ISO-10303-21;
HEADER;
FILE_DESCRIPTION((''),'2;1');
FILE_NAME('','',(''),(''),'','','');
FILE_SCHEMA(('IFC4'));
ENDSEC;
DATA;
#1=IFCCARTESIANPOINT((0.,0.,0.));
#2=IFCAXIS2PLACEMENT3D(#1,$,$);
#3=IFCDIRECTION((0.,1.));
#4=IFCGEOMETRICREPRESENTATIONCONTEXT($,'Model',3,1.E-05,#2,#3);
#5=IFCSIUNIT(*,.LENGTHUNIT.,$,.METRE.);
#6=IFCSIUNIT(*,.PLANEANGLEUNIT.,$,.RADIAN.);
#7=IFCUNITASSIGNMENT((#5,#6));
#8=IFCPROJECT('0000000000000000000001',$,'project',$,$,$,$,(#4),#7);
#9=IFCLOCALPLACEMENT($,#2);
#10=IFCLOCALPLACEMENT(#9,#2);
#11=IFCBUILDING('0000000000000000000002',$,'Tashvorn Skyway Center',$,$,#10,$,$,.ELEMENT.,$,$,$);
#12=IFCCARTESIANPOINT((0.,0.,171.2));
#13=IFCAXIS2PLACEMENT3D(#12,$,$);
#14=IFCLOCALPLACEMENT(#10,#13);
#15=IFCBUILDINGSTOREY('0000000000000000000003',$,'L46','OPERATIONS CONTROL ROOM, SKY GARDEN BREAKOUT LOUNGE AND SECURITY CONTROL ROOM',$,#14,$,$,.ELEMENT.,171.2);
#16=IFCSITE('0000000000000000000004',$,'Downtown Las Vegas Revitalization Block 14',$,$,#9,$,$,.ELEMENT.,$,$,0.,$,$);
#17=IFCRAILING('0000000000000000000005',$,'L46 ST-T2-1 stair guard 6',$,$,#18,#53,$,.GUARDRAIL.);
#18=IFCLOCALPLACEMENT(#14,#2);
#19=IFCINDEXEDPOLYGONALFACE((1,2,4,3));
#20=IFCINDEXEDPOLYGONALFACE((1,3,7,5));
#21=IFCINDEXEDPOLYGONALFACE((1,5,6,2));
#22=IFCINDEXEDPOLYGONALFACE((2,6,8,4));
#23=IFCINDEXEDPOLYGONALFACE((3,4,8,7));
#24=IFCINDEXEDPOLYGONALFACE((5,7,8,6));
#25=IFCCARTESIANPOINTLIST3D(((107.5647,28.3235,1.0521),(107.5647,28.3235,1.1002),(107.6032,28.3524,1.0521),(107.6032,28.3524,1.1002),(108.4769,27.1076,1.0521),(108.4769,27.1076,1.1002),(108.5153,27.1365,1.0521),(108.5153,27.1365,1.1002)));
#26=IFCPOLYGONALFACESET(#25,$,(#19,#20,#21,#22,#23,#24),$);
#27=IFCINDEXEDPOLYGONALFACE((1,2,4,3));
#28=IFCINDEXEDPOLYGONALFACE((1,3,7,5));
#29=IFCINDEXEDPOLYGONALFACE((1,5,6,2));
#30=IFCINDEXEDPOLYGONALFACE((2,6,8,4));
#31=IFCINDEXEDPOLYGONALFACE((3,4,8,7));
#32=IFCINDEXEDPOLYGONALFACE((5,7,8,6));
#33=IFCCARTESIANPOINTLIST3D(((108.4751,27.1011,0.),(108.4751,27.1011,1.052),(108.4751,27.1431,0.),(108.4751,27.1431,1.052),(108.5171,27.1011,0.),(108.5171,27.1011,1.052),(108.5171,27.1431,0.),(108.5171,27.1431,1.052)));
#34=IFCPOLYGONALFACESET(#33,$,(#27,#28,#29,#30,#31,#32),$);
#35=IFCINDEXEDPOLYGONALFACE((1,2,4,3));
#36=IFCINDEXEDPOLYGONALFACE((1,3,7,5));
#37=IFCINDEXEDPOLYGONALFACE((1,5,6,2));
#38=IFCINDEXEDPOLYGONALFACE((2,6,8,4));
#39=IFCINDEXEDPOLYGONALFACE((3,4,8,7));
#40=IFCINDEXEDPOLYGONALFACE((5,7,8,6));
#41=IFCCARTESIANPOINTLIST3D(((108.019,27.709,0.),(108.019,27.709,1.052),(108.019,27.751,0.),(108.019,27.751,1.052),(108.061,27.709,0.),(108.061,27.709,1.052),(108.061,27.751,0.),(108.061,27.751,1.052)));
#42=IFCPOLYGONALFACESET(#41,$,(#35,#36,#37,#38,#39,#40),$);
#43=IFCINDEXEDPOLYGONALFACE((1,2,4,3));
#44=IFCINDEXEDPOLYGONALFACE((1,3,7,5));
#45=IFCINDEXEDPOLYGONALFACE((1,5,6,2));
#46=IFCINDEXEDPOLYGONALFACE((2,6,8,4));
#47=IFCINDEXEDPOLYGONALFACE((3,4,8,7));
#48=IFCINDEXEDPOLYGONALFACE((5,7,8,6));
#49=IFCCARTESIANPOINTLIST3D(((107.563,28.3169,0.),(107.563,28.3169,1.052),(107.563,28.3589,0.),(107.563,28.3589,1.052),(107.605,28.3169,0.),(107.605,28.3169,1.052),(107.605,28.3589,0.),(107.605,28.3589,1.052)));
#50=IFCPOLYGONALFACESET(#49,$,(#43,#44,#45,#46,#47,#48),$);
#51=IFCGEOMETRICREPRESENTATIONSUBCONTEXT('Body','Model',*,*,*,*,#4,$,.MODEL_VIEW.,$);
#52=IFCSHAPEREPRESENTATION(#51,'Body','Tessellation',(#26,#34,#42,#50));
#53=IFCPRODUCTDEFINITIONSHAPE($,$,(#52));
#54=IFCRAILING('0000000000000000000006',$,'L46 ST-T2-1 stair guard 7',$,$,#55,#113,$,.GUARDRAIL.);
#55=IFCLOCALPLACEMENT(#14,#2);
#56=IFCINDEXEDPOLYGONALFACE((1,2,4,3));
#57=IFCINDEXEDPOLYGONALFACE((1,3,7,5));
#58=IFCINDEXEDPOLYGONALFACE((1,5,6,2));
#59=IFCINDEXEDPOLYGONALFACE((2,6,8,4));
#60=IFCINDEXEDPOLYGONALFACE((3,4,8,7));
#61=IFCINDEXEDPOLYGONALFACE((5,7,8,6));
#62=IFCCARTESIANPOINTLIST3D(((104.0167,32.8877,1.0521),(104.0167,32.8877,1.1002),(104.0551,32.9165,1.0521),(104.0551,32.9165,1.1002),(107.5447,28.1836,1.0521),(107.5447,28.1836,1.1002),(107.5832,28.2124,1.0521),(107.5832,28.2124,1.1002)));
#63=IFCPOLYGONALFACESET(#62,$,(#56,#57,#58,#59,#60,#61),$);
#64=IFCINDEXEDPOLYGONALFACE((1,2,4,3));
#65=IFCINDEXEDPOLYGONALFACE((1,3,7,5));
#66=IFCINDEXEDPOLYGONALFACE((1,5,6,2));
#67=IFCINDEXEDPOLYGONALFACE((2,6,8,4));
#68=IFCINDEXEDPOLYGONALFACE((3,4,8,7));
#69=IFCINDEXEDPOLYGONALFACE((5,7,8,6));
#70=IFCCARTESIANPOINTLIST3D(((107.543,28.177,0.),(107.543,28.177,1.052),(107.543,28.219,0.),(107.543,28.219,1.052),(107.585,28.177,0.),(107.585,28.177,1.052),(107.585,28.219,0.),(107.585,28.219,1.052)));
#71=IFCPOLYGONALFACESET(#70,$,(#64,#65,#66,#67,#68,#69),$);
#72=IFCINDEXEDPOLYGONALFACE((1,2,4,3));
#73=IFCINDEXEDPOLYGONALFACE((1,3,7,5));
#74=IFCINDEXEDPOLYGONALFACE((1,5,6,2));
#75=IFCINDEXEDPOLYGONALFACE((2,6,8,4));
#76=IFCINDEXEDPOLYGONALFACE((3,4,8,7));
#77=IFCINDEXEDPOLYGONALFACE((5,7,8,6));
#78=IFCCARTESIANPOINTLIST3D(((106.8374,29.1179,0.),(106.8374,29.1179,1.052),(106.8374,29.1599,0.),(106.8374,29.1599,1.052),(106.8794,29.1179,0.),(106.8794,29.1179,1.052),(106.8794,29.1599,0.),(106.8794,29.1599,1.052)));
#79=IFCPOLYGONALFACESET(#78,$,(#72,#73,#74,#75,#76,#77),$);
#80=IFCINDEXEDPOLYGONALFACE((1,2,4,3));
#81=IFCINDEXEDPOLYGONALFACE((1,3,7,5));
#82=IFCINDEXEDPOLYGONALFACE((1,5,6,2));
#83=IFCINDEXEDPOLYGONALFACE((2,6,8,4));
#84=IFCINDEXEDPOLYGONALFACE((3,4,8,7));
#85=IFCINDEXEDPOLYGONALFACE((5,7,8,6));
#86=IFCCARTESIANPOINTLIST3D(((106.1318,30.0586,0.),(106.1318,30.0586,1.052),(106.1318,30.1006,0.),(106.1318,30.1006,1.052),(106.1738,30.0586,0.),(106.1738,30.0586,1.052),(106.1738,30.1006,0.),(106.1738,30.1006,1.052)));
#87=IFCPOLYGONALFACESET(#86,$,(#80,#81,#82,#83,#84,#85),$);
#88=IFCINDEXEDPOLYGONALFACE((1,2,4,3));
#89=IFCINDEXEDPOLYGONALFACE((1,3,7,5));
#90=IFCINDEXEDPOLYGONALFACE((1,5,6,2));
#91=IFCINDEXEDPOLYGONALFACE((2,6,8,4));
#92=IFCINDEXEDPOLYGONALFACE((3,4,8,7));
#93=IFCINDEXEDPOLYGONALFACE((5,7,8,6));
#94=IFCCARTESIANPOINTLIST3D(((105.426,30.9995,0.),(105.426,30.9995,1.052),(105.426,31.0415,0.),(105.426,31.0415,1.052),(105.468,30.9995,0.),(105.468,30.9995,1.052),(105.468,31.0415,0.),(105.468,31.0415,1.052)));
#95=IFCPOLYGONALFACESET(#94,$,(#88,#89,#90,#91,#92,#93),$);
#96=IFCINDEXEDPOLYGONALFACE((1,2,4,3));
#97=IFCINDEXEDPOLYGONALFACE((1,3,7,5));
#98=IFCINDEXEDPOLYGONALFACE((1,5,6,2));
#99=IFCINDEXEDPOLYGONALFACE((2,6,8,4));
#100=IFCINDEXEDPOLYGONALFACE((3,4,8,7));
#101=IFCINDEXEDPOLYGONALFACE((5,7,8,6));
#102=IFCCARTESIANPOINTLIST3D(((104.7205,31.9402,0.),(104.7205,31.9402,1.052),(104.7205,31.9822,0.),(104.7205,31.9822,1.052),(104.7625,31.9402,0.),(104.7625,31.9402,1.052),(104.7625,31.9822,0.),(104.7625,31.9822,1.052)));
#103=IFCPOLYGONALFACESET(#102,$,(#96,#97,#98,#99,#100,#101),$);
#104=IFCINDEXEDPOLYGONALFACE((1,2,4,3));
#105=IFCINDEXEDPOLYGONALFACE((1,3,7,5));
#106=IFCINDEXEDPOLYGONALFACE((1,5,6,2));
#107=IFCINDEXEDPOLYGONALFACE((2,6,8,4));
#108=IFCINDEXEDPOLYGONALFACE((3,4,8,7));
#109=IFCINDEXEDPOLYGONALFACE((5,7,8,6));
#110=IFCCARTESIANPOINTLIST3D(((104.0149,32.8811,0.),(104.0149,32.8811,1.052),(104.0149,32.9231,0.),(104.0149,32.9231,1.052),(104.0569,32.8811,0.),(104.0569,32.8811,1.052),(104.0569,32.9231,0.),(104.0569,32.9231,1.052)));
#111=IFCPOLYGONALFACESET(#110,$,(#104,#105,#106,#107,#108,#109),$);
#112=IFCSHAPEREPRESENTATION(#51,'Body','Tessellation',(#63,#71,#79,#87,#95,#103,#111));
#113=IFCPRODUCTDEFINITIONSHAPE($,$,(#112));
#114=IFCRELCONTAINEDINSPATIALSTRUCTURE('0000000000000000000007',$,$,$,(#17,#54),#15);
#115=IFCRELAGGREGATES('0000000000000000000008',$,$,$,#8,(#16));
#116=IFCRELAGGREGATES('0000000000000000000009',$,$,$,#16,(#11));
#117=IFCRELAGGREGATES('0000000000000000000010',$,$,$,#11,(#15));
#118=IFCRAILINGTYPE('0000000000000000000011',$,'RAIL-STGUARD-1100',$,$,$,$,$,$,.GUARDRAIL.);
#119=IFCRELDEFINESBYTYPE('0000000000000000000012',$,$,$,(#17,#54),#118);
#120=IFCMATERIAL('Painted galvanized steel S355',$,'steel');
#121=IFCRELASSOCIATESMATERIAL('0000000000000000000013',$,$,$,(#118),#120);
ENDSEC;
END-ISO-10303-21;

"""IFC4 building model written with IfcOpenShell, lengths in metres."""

from ifc_helpers import new_model, si_unit, direction, frame, origin, origin_2d, place, context, subcontext, project, spatial, rectangle, extrude, material, type_object, element, save


model = new_model("IFC4")

# Units and contexts
model_context = context("Model", 3, precision=1e-05, world=origin(), true_north=direction((0.0, 1.0)))
body_context = subcontext(model_context, "Body", "Model", "MODEL_VIEW")
ifc_project = project(units=[si_unit("LENGTHUNIT", "METRE"), si_unit("PLANEANGLEUNIT", "RADIAN")], contexts=[model_context])

# Site, building, storey
site_placement = place(None, origin())
site = spatial("IfcSite", under=ifc_project, at=site_placement, Name="Downtown Las Vegas Revitalization Block 14", CompositionType="ELEMENT", RefElevation=0.0)
building_placement = place(site_placement, origin())
building = spatial("IfcBuilding", under=site, at=building_placement, Name="Tashvorn Skyway Center", CompositionType="ELEMENT")
storey_placement = place(building_placement, frame((0.0, 0.0, 171.2)))
storey = spatial("IfcBuildingStorey", under=building, at=storey_placement, Name="L46", Description="OPERATIONS CONTROL ROOM, SKY GARDEN BREAKOUT LOUNGE AND SECURITY CONTROL ROOM", CompositionType="ELEMENT", Elevation=171.2)

# Railings
ifc_material_1 = material(Name="Painted galvanized steel S355", Category="steel")
railing_type_1 = type_object("IfcRailingType", Name="RAIL-STGUARD-1100", PredefinedType="GUARDRAIL", material=ifc_material_1)
railing_1_placement = place(storey_placement, frame((108.4961, 27.1221, 0.0)))
element("IfcRailing", 1, at=railing_1_placement, inside=storey, type_object=railing_type_1, Name="L46 ST-T2-1 stair guard 6", PredefinedType="GUARDRAIL", context=body_context, shape_type="SweptSolid", body=[
    extrude(rectangle(XDim=0.0481, YDim=0.0481, at=origin_2d()), frame((0.0, 0.0, 1.0762), z_axis=(-0.600103, 0.799923, 0.0), x_axis=(-0.799923, -0.600103, 0.0)), (0.0, 0.0, 1.0), 1.52),
    extrude(rectangle(XDim=0.042, YDim=0.042, at=origin_2d()), origin(), (0.0, 0.0, 1.0), 1.052),
    extrude(rectangle(XDim=0.042, YDim=0.042, at=origin_2d()), frame((-0.4561, 0.6079, 0.0)), (0.0, 0.0, 1.0), 1.052),
    extrude(rectangle(XDim=0.042, YDim=0.042, at=origin_2d()), frame((-0.9121, 1.2158, 0.0)), (0.0, 0.0, 1.0), 1.052),
])
railing_2_placement = place(storey_placement, frame((107.564, 28.198, 0.0)))
element("IfcRailing", 2, at=railing_2_placement, inside=storey, type_object=railing_type_1, Name="L46 ST-T2-1 stair guard 7", PredefinedType="GUARDRAIL", context=body_context, shape_type="SweptSolid", body=[
    extrude(rectangle(XDim=0.0481, YDim=0.0481, at=origin_2d()), frame((0.0, 0.0, 1.0762), z_axis=(-0.6, 0.8, 0.0), x_axis=(-0.8, -0.6, 0.0)), (0.0, 0.0, 1.0), 5.8801),
    extrude(rectangle(XDim=0.042, YDim=0.042, at=origin_2d()), origin(), (0.0, 0.0, 1.0), 1.052),
    extrude(rectangle(XDim=0.042, YDim=0.042, at=origin_2d()), frame((-0.7056, 0.9409, 0.0)), (0.0, 0.0, 1.0), 1.052),
    extrude(rectangle(XDim=0.042, YDim=0.042, at=origin_2d()), frame((-1.4111, 1.8816, 0.0)), (0.0, 0.0, 1.0), 1.052),
    extrude(rectangle(XDim=0.042, YDim=0.042, at=origin_2d()), frame((-2.1169, 2.8225, 0.0)), (0.0, 0.0, 1.0), 1.052),
    extrude(rectangle(XDim=0.042, YDim=0.042, at=origin_2d()), frame((-2.8225, 3.7632, 0.0)), (0.0, 0.0, 1.0), 1.052),
    extrude(rectangle(XDim=0.042, YDim=0.042, at=origin_2d()), frame((-3.5281, 4.7041, 0.0)), (0.0, 0.0, 1.0), 1.052),
])

save(model, "model.ifc")
